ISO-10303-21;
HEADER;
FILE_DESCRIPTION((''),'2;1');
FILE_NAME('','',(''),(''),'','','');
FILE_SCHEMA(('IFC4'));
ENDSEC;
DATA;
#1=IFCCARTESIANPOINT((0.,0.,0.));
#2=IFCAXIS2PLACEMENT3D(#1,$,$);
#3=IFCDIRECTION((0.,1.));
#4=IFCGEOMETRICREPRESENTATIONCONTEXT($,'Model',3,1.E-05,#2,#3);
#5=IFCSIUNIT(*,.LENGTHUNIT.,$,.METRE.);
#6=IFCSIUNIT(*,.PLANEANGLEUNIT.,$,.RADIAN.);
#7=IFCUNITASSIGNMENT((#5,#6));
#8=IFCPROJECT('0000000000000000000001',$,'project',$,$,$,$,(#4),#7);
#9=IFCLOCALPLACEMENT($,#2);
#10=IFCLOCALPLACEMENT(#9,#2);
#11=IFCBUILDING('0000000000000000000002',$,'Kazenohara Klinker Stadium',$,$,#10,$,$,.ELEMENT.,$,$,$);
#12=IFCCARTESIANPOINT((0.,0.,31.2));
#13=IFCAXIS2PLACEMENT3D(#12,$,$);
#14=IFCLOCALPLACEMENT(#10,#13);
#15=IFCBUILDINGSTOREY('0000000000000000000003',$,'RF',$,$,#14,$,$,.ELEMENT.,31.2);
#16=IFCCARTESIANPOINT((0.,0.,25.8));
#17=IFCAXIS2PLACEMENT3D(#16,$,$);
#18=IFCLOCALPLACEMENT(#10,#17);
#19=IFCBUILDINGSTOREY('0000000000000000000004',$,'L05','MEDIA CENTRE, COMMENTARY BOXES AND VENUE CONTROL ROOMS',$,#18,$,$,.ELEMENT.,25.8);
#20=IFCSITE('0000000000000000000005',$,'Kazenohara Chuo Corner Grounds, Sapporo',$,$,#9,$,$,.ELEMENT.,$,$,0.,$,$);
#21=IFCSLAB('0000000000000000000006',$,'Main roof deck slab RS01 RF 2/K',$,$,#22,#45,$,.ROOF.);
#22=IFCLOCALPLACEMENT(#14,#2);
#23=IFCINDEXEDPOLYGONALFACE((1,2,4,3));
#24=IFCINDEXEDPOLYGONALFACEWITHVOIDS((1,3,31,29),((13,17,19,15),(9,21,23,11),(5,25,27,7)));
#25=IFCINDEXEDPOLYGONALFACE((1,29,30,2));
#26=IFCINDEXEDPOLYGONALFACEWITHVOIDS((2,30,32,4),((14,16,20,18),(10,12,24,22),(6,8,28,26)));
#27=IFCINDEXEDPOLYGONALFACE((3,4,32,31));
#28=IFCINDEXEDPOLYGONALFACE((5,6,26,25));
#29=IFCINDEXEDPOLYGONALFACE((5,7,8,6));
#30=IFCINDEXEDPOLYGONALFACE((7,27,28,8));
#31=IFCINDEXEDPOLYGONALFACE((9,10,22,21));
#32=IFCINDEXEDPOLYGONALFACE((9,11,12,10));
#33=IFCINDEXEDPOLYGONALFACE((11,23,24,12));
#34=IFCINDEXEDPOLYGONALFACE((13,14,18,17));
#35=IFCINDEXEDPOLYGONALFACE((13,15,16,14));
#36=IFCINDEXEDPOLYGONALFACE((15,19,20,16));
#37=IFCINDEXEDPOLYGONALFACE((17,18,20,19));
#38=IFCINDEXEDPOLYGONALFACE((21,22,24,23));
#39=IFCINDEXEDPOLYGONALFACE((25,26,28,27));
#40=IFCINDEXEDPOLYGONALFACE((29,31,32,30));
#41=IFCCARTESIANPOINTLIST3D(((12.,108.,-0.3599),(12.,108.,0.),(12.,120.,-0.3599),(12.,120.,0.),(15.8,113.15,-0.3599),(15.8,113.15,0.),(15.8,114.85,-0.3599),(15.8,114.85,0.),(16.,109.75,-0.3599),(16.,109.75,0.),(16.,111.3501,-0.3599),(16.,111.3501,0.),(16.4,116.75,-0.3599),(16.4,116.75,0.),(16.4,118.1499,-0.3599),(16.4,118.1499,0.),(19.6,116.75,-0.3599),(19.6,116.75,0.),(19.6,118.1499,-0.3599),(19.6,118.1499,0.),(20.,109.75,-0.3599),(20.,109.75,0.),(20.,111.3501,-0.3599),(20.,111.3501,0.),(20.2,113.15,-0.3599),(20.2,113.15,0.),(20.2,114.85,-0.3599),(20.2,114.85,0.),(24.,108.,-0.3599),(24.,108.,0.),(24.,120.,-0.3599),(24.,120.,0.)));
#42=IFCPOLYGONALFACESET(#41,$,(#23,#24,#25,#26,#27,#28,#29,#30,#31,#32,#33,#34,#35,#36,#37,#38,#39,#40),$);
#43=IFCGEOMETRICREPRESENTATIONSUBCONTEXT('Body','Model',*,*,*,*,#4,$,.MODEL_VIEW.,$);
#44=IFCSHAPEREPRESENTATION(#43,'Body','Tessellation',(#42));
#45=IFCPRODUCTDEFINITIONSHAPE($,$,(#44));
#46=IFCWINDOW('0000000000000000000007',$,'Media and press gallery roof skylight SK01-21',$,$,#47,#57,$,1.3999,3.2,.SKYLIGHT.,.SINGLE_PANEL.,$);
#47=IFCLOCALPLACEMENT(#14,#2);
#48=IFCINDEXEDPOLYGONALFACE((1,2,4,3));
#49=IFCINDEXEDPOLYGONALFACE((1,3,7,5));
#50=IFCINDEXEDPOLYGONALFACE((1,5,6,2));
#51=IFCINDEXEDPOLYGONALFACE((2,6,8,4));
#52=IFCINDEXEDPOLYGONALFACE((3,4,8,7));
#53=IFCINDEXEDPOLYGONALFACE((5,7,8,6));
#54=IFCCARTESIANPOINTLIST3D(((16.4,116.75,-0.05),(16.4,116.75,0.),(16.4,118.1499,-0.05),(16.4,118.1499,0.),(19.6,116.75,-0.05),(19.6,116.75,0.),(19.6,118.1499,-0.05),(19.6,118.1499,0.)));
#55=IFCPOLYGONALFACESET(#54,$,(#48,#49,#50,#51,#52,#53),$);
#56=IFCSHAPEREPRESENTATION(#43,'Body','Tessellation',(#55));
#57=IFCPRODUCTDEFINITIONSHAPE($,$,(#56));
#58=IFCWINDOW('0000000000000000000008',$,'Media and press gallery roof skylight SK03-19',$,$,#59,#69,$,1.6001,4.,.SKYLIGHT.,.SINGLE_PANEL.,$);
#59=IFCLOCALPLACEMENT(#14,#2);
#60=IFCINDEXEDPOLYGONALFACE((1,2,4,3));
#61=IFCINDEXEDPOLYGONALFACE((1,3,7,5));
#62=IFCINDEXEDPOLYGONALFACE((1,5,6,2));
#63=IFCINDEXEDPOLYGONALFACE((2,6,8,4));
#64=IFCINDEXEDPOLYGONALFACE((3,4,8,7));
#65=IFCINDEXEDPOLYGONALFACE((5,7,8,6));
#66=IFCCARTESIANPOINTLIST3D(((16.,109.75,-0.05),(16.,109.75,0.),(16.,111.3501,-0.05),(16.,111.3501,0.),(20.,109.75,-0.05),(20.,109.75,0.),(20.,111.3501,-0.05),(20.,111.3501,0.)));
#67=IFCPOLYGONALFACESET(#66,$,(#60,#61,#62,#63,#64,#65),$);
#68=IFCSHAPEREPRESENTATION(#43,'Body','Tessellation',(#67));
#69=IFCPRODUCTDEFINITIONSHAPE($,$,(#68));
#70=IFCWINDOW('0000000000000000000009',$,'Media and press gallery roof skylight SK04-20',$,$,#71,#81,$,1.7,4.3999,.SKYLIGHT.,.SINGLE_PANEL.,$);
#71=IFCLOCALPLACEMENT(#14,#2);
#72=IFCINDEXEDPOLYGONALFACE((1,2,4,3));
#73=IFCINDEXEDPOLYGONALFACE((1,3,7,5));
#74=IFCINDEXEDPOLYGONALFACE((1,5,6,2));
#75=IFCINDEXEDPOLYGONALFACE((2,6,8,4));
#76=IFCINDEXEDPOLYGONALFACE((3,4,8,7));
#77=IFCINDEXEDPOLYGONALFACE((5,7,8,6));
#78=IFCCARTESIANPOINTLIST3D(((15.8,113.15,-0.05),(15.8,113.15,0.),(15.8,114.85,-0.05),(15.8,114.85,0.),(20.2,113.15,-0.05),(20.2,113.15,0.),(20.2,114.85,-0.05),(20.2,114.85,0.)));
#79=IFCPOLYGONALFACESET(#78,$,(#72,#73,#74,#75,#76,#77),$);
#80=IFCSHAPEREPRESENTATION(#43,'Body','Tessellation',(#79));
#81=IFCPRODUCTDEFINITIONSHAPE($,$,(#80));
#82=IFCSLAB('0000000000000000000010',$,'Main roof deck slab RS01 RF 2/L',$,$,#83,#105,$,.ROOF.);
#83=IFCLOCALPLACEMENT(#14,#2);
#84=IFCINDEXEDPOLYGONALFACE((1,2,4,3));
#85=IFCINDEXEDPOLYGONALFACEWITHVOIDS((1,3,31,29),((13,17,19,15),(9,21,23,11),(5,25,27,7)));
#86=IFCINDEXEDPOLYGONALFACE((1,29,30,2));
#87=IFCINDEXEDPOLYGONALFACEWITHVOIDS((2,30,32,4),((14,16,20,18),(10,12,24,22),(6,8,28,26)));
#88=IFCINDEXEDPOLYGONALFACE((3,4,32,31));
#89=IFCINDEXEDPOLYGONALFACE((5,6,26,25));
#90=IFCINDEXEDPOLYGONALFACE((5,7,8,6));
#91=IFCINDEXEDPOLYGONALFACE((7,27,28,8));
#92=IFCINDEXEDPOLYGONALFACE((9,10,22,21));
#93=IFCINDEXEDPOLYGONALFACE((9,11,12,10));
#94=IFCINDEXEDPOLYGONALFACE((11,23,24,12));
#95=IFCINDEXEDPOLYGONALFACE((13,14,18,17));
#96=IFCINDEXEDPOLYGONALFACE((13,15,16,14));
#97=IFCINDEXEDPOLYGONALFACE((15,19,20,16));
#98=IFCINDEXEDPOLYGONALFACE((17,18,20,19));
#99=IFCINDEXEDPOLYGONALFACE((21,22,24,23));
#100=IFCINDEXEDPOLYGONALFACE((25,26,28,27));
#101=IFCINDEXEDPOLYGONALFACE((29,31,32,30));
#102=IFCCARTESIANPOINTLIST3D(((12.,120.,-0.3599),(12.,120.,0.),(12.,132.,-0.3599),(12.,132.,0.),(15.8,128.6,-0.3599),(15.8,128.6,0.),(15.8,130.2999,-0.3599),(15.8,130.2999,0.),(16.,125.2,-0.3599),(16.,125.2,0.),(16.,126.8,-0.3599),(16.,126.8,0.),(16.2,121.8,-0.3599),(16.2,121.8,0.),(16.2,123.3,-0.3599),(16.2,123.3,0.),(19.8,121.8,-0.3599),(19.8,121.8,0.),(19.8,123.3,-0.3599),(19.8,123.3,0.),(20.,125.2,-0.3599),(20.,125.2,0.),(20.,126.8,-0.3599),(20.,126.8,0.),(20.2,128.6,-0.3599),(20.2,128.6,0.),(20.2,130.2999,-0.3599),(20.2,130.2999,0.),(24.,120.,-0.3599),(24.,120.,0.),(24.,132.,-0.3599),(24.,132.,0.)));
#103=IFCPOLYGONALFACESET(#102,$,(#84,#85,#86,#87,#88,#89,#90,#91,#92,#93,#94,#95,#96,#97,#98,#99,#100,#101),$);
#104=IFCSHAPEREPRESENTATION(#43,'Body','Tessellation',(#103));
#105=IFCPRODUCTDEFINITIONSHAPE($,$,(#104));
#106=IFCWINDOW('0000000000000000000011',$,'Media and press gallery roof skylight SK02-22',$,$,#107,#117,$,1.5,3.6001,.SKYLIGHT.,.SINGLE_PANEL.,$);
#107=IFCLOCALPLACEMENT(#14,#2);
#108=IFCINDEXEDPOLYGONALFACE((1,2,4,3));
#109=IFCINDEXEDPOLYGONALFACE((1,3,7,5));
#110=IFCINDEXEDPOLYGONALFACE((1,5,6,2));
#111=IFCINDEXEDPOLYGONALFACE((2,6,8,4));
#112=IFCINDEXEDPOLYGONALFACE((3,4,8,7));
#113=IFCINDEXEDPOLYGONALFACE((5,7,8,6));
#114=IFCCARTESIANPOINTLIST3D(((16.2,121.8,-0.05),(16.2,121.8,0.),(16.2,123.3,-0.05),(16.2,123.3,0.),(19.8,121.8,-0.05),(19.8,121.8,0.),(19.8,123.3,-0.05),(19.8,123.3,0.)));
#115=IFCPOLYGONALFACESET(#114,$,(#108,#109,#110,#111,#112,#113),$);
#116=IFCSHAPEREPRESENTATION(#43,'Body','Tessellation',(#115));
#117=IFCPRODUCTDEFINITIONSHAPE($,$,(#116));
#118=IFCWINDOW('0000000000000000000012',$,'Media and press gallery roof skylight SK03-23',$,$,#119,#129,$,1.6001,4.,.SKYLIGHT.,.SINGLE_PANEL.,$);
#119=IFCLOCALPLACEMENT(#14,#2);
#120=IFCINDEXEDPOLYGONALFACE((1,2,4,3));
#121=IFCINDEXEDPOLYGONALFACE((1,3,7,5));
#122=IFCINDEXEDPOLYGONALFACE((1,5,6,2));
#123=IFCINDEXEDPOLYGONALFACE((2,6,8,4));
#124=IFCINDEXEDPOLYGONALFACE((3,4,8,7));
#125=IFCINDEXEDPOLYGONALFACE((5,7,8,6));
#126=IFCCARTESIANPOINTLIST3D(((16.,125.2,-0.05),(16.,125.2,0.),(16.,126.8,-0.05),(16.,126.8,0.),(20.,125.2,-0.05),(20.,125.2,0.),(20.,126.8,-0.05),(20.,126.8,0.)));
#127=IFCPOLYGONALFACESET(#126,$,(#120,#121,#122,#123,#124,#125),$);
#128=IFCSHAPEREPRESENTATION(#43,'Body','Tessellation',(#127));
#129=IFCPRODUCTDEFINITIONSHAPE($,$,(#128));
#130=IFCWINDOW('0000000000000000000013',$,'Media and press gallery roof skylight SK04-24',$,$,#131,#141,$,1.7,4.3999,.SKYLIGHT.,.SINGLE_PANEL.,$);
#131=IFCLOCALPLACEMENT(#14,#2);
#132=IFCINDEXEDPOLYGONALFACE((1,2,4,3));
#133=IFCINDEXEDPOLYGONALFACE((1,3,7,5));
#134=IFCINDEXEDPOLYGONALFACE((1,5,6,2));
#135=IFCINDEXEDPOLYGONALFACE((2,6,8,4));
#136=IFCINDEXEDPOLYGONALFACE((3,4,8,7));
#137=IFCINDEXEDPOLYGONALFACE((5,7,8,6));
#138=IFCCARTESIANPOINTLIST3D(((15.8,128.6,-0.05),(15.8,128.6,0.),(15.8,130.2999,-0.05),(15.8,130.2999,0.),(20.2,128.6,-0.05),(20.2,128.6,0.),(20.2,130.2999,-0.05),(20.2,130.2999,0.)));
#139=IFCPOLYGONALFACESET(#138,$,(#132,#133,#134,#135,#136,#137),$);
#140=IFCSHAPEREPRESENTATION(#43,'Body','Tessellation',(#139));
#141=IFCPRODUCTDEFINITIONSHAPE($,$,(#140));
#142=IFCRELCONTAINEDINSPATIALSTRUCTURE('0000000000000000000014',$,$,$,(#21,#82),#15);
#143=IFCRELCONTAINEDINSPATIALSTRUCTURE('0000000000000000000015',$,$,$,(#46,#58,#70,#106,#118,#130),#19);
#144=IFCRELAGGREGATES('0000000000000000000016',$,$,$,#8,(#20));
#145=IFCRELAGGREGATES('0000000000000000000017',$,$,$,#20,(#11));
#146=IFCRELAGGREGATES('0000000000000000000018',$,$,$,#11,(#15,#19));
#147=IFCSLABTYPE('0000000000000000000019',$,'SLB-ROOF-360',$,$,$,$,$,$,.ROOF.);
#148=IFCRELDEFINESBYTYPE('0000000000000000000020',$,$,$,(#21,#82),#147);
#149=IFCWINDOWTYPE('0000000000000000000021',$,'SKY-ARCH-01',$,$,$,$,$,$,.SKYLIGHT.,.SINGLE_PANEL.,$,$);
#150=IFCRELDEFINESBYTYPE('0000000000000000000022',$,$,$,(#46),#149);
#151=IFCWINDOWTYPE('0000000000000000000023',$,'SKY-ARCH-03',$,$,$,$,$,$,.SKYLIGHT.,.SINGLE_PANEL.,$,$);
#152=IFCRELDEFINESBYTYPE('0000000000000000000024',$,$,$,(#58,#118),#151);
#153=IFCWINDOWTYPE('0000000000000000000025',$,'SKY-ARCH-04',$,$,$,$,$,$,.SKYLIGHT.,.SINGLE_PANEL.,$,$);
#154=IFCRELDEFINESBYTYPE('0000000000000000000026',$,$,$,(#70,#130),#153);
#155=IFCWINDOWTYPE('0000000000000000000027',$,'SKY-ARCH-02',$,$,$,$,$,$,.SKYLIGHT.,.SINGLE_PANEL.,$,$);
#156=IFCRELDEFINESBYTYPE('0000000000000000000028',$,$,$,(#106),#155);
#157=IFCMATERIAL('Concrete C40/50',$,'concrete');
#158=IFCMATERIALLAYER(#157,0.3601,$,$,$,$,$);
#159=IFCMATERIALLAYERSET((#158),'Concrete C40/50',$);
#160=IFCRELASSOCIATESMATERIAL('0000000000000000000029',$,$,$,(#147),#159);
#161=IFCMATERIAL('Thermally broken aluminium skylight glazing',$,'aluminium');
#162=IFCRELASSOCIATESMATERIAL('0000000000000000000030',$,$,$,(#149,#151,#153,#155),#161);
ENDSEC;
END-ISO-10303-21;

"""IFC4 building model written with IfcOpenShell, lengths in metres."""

from ifc_helpers import new_model, si_unit, direction, frame, origin, origin_2d, place, context, subcontext, project, spatial, polyline, rectangle, outline, extrude, material, layer, layer_set, type_object, element, fill, save


model = new_model("IFC4")

# Units and contexts
model_context = context("Model", 3, precision=1e-05, world=origin(), true_north=direction((0.0, 1.0)))
body_context = subcontext(model_context, "Body", "Model", "MODEL_VIEW")
ifc_project = project(units=[si_unit("LENGTHUNIT", "METRE"), si_unit("PLANEANGLEUNIT", "RADIAN")], contexts=[model_context])

# Site, building, storey
site_placement = place(None, origin())
site = spatial("IfcSite", under=ifc_project, at=site_placement, Name="Kazenohara Chuo Corner Grounds, Sapporo", CompositionType="ELEMENT", RefElevation=0.0)
building_placement = place(site_placement, origin())
building = spatial("IfcBuilding", under=site, at=building_placement, Name="Kazenohara Klinker Stadium", CompositionType="ELEMENT")
storey_1_placement = place(building_placement, frame((0.0, 0.0, 31.2)))
storey_1 = spatial("IfcBuildingStorey", under=building, at=storey_1_placement, Name="RF", CompositionType="ELEMENT", Elevation=31.2)

# Slab, openings
ifc_material_1 = material(Name="Concrete C40/50", Category="concrete")
ifc_layer = layer(ifc_material_1, 0.3601)
ifc_layer_set = layer_set([ifc_layer], Name="Concrete C40/50")
slab_type = type_object("IfcSlabType", Name="SLB-ROOF-360", PredefinedType="ROOF", material=ifc_layer_set)
slab_1_placement = place(storey_1_placement, frame((0.0, 0.0, -0.3599)))
slab_1 = element("IfcSlab", 1, at=slab_1_placement, inside=storey_1, type_object=slab_type, Name="Main roof deck slab RS01 RF 2/K", PredefinedType="ROOF", context=body_context, shape_type="SweptSolid", body=[
    extrude(outline(polyline([(12.0, 108.0), (24.0, 108.0), (24.0, 120.0), (12.0, 120.0), (12.0, 108.0)])), origin(), (0.0, 0.0, 1.0), 0.3599),
])
opening_1_placement = place(slab_1_placement, frame((18.0, 110.55, 0.0)))
opening_1 = element("IfcOpeningElement", 2, at=opening_1_placement, cuts=slab_1, PredefinedType="OPENING", context=body_context, shape_type="SweptSolid", body=[
    extrude(rectangle(XDim=4.0, YDim=1.6001, at=origin_2d()), origin(), (0.0, 0.0, 1.0), 0.3599),
])
opening_2_placement = place(slab_1_placement, frame((18.0, 114.0, 0.0)))
opening_2 = element("IfcOpeningElement", 3, at=opening_2_placement, cuts=slab_1, PredefinedType="OPENING", context=body_context, shape_type="SweptSolid", body=[
    extrude(rectangle(XDim=4.3999, YDim=1.7, at=origin_2d()), origin(), (0.0, 0.0, 1.0), 0.3599),
])
opening_3_placement = place(slab_1_placement, frame((18.0, 117.45, 0.0)))
opening_3 = element("IfcOpeningElement", 4, at=opening_3_placement, cuts=slab_1, PredefinedType="OPENING", context=body_context, shape_type="SweptSolid", body=[
    extrude(rectangle(XDim=3.2, YDim=1.3999, at=origin_2d()), origin(), (0.0, 0.0, 1.0), 0.3599),
])

# Shared definitions
storey_2_placement = place(building_placement, frame((0.0, 0.0, 25.8)))
storey_2 = spatial("IfcBuildingStorey", under=building, at=storey_2_placement, Name="L05", Description="MEDIA CENTRE, COMMENTARY BOXES AND VENUE CONTROL ROOMS", CompositionType="ELEMENT", Elevation=25.8)

# Windows
ifc_material_2 = material(Name="Thermally broken aluminium skylight glazing", Category="aluminium")
window_type_1 = type_object("IfcWindowType", Name="SKY-ARCH-01", PartitioningType="SINGLE_PANEL", PredefinedType="SKYLIGHT", material=ifc_material_2)
window_1_placement = place(opening_3_placement, frame((0.0, 0.0, 0.3098)))
window_1 = element("IfcWindow", 5, at=window_1_placement, inside=storey_2, type_object=window_type_1, Name="Media and press gallery roof skylight SK01-21", OverallHeight=1.3999, OverallWidth=3.2, PartitioningType="SINGLE_PANEL", PredefinedType="SKYLIGHT", context=body_context, shape_type="SweptSolid", body=[
    extrude(rectangle(XDim=3.2, YDim=1.3999, at=origin_2d()), origin(), (0.0, 0.0, 1.0), 0.05),
])
fill(opening_3, window_1)
window_type_2 = type_object("IfcWindowType", Name="SKY-ARCH-03", PartitioningType="SINGLE_PANEL", PredefinedType="SKYLIGHT", material=ifc_material_2)
window_2_placement = place(opening_1_placement, frame((0.0, 0.0, 0.3098)))
window_2 = element("IfcWindow", 6, at=window_2_placement, inside=storey_2, type_object=window_type_2, Name="Media and press gallery roof skylight SK03-19", OverallHeight=1.6001, OverallWidth=4.0, PartitioningType="SINGLE_PANEL", PredefinedType="SKYLIGHT", context=body_context, shape_type="SweptSolid", body=[
    extrude(rectangle(XDim=4.0, YDim=1.6001, at=origin_2d()), origin(), (0.0, 0.0, 1.0), 0.05),
])
fill(opening_1, window_2)
window_type_3 = type_object("IfcWindowType", Name="SKY-ARCH-04", PartitioningType="SINGLE_PANEL", PredefinedType="SKYLIGHT", material=ifc_material_2)
window_3_placement = place(opening_2_placement, frame((0.0, 0.0, 0.3098)))
window_3 = element("IfcWindow", 7, at=window_3_placement, inside=storey_2, type_object=window_type_3, Name="Media and press gallery roof skylight SK04-20", OverallHeight=1.7, OverallWidth=4.3999, PartitioningType="SINGLE_PANEL", PredefinedType="SKYLIGHT", context=body_context, shape_type="SweptSolid", body=[
    extrude(rectangle(XDim=4.3999, YDim=1.7, at=origin_2d()), origin(), (0.0, 0.0, 1.0), 0.05),
])
fill(opening_2, window_3)

# Slab, openings, windows
slab_2_placement = place(storey_1_placement, frame((0.0, 0.0, -0.3599)))
slab_2 = element("IfcSlab", 8, at=slab_2_placement, inside=storey_1, type_object=slab_type, Name="Main roof deck slab RS01 RF 2/L", PredefinedType="ROOF", context=body_context, shape_type="SweptSolid", body=[
    extrude(outline(polyline([(12.0, 120.0), (24.0, 120.0), (24.0, 132.0), (12.0, 132.0), (12.0, 120.0)])), origin(), (0.0, 0.0, 1.0), 0.3599),
])
opening_4_placement = place(slab_2_placement, frame((18.0, 122.55, 0.0)))
opening_4 = element("IfcOpeningElement", 9, at=opening_4_placement, cuts=slab_2, PredefinedType="OPENING", context=body_context, shape_type="SweptSolid", body=[
    extrude(rectangle(XDim=3.6001, YDim=1.5, at=origin_2d()), origin(), (0.0, 0.0, 1.0), 0.3599),
])
opening_5_placement = place(slab_2_placement, frame((18.0, 126.0, 0.0)))
opening_5 = element("IfcOpeningElement", 10, at=opening_5_placement, cuts=slab_2, PredefinedType="OPENING", context=body_context, shape_type="SweptSolid", body=[
    extrude(rectangle(XDim=4.0, YDim=1.6001, at=origin_2d()), origin(), (0.0, 0.0, 1.0), 0.3599),
])
opening_6_placement = place(slab_2_placement, frame((18.0, 129.45, 0.0)))
opening_6 = element("IfcOpeningElement", 11, at=opening_6_placement, cuts=slab_2, PredefinedType="OPENING", context=body_context, shape_type="SweptSolid", body=[
    extrude(rectangle(XDim=4.3999, YDim=1.7, at=origin_2d()), origin(), (0.0, 0.0, 1.0), 0.3599),
])
window_type_4 = type_object("IfcWindowType", Name="SKY-ARCH-02", PartitioningType="SINGLE_PANEL", PredefinedType="SKYLIGHT", material=ifc_material_2)
window_4_placement = place(opening_4_placement, frame((0.0, 0.0, 0.3098)))
window_4 = element("IfcWindow", 12, at=window_4_placement, inside=storey_2, type_object=window_type_4, Name="Media and press gallery roof skylight SK02-22", OverallHeight=1.5, OverallWidth=3.6001, PartitioningType="SINGLE_PANEL", PredefinedType="SKYLIGHT", context=body_context, shape_type="SweptSolid", body=[
    extrude(rectangle(XDim=3.6001, YDim=1.5, at=origin_2d()), origin(), (0.0, 0.0, 1.0), 0.05),
])
fill(opening_4, window_4)
window_5_placement = place(opening_5_placement, frame((0.0, 0.0, 0.3098)))
window_5 = element("IfcWindow", 13, at=window_5_placement, inside=storey_2, type_object=window_type_2, Name="Media and press gallery roof skylight SK03-23", OverallHeight=1.6001, OverallWidth=4.0, PartitioningType="SINGLE_PANEL", PredefinedType="SKYLIGHT", context=body_context, shape_type="SweptSolid", body=[
    extrude(rectangle(XDim=4.0, YDim=1.6001, at=origin_2d()), origin(), (0.0, 0.0, 1.0), 0.05),
])
fill(opening_5, window_5)
window_6_placement = place(opening_6_placement, frame((0.0, 0.0, 0.3098)))
window_6 = element("IfcWindow", 14, at=window_6_placement, inside=storey_2, type_object=window_type_3, Name="Media and press gallery roof skylight SK04-24", OverallHeight=1.7, OverallWidth=4.3999, PartitioningType="SINGLE_PANEL", PredefinedType="SKYLIGHT", context=body_context, shape_type="SweptSolid", body=[
    extrude(rectangle(XDim=4.3999, YDim=1.7, at=origin_2d()), origin(), (0.0, 0.0, 1.0), 0.05),
])
fill(opening_6, window_6)

save(model, "model.ifc")
